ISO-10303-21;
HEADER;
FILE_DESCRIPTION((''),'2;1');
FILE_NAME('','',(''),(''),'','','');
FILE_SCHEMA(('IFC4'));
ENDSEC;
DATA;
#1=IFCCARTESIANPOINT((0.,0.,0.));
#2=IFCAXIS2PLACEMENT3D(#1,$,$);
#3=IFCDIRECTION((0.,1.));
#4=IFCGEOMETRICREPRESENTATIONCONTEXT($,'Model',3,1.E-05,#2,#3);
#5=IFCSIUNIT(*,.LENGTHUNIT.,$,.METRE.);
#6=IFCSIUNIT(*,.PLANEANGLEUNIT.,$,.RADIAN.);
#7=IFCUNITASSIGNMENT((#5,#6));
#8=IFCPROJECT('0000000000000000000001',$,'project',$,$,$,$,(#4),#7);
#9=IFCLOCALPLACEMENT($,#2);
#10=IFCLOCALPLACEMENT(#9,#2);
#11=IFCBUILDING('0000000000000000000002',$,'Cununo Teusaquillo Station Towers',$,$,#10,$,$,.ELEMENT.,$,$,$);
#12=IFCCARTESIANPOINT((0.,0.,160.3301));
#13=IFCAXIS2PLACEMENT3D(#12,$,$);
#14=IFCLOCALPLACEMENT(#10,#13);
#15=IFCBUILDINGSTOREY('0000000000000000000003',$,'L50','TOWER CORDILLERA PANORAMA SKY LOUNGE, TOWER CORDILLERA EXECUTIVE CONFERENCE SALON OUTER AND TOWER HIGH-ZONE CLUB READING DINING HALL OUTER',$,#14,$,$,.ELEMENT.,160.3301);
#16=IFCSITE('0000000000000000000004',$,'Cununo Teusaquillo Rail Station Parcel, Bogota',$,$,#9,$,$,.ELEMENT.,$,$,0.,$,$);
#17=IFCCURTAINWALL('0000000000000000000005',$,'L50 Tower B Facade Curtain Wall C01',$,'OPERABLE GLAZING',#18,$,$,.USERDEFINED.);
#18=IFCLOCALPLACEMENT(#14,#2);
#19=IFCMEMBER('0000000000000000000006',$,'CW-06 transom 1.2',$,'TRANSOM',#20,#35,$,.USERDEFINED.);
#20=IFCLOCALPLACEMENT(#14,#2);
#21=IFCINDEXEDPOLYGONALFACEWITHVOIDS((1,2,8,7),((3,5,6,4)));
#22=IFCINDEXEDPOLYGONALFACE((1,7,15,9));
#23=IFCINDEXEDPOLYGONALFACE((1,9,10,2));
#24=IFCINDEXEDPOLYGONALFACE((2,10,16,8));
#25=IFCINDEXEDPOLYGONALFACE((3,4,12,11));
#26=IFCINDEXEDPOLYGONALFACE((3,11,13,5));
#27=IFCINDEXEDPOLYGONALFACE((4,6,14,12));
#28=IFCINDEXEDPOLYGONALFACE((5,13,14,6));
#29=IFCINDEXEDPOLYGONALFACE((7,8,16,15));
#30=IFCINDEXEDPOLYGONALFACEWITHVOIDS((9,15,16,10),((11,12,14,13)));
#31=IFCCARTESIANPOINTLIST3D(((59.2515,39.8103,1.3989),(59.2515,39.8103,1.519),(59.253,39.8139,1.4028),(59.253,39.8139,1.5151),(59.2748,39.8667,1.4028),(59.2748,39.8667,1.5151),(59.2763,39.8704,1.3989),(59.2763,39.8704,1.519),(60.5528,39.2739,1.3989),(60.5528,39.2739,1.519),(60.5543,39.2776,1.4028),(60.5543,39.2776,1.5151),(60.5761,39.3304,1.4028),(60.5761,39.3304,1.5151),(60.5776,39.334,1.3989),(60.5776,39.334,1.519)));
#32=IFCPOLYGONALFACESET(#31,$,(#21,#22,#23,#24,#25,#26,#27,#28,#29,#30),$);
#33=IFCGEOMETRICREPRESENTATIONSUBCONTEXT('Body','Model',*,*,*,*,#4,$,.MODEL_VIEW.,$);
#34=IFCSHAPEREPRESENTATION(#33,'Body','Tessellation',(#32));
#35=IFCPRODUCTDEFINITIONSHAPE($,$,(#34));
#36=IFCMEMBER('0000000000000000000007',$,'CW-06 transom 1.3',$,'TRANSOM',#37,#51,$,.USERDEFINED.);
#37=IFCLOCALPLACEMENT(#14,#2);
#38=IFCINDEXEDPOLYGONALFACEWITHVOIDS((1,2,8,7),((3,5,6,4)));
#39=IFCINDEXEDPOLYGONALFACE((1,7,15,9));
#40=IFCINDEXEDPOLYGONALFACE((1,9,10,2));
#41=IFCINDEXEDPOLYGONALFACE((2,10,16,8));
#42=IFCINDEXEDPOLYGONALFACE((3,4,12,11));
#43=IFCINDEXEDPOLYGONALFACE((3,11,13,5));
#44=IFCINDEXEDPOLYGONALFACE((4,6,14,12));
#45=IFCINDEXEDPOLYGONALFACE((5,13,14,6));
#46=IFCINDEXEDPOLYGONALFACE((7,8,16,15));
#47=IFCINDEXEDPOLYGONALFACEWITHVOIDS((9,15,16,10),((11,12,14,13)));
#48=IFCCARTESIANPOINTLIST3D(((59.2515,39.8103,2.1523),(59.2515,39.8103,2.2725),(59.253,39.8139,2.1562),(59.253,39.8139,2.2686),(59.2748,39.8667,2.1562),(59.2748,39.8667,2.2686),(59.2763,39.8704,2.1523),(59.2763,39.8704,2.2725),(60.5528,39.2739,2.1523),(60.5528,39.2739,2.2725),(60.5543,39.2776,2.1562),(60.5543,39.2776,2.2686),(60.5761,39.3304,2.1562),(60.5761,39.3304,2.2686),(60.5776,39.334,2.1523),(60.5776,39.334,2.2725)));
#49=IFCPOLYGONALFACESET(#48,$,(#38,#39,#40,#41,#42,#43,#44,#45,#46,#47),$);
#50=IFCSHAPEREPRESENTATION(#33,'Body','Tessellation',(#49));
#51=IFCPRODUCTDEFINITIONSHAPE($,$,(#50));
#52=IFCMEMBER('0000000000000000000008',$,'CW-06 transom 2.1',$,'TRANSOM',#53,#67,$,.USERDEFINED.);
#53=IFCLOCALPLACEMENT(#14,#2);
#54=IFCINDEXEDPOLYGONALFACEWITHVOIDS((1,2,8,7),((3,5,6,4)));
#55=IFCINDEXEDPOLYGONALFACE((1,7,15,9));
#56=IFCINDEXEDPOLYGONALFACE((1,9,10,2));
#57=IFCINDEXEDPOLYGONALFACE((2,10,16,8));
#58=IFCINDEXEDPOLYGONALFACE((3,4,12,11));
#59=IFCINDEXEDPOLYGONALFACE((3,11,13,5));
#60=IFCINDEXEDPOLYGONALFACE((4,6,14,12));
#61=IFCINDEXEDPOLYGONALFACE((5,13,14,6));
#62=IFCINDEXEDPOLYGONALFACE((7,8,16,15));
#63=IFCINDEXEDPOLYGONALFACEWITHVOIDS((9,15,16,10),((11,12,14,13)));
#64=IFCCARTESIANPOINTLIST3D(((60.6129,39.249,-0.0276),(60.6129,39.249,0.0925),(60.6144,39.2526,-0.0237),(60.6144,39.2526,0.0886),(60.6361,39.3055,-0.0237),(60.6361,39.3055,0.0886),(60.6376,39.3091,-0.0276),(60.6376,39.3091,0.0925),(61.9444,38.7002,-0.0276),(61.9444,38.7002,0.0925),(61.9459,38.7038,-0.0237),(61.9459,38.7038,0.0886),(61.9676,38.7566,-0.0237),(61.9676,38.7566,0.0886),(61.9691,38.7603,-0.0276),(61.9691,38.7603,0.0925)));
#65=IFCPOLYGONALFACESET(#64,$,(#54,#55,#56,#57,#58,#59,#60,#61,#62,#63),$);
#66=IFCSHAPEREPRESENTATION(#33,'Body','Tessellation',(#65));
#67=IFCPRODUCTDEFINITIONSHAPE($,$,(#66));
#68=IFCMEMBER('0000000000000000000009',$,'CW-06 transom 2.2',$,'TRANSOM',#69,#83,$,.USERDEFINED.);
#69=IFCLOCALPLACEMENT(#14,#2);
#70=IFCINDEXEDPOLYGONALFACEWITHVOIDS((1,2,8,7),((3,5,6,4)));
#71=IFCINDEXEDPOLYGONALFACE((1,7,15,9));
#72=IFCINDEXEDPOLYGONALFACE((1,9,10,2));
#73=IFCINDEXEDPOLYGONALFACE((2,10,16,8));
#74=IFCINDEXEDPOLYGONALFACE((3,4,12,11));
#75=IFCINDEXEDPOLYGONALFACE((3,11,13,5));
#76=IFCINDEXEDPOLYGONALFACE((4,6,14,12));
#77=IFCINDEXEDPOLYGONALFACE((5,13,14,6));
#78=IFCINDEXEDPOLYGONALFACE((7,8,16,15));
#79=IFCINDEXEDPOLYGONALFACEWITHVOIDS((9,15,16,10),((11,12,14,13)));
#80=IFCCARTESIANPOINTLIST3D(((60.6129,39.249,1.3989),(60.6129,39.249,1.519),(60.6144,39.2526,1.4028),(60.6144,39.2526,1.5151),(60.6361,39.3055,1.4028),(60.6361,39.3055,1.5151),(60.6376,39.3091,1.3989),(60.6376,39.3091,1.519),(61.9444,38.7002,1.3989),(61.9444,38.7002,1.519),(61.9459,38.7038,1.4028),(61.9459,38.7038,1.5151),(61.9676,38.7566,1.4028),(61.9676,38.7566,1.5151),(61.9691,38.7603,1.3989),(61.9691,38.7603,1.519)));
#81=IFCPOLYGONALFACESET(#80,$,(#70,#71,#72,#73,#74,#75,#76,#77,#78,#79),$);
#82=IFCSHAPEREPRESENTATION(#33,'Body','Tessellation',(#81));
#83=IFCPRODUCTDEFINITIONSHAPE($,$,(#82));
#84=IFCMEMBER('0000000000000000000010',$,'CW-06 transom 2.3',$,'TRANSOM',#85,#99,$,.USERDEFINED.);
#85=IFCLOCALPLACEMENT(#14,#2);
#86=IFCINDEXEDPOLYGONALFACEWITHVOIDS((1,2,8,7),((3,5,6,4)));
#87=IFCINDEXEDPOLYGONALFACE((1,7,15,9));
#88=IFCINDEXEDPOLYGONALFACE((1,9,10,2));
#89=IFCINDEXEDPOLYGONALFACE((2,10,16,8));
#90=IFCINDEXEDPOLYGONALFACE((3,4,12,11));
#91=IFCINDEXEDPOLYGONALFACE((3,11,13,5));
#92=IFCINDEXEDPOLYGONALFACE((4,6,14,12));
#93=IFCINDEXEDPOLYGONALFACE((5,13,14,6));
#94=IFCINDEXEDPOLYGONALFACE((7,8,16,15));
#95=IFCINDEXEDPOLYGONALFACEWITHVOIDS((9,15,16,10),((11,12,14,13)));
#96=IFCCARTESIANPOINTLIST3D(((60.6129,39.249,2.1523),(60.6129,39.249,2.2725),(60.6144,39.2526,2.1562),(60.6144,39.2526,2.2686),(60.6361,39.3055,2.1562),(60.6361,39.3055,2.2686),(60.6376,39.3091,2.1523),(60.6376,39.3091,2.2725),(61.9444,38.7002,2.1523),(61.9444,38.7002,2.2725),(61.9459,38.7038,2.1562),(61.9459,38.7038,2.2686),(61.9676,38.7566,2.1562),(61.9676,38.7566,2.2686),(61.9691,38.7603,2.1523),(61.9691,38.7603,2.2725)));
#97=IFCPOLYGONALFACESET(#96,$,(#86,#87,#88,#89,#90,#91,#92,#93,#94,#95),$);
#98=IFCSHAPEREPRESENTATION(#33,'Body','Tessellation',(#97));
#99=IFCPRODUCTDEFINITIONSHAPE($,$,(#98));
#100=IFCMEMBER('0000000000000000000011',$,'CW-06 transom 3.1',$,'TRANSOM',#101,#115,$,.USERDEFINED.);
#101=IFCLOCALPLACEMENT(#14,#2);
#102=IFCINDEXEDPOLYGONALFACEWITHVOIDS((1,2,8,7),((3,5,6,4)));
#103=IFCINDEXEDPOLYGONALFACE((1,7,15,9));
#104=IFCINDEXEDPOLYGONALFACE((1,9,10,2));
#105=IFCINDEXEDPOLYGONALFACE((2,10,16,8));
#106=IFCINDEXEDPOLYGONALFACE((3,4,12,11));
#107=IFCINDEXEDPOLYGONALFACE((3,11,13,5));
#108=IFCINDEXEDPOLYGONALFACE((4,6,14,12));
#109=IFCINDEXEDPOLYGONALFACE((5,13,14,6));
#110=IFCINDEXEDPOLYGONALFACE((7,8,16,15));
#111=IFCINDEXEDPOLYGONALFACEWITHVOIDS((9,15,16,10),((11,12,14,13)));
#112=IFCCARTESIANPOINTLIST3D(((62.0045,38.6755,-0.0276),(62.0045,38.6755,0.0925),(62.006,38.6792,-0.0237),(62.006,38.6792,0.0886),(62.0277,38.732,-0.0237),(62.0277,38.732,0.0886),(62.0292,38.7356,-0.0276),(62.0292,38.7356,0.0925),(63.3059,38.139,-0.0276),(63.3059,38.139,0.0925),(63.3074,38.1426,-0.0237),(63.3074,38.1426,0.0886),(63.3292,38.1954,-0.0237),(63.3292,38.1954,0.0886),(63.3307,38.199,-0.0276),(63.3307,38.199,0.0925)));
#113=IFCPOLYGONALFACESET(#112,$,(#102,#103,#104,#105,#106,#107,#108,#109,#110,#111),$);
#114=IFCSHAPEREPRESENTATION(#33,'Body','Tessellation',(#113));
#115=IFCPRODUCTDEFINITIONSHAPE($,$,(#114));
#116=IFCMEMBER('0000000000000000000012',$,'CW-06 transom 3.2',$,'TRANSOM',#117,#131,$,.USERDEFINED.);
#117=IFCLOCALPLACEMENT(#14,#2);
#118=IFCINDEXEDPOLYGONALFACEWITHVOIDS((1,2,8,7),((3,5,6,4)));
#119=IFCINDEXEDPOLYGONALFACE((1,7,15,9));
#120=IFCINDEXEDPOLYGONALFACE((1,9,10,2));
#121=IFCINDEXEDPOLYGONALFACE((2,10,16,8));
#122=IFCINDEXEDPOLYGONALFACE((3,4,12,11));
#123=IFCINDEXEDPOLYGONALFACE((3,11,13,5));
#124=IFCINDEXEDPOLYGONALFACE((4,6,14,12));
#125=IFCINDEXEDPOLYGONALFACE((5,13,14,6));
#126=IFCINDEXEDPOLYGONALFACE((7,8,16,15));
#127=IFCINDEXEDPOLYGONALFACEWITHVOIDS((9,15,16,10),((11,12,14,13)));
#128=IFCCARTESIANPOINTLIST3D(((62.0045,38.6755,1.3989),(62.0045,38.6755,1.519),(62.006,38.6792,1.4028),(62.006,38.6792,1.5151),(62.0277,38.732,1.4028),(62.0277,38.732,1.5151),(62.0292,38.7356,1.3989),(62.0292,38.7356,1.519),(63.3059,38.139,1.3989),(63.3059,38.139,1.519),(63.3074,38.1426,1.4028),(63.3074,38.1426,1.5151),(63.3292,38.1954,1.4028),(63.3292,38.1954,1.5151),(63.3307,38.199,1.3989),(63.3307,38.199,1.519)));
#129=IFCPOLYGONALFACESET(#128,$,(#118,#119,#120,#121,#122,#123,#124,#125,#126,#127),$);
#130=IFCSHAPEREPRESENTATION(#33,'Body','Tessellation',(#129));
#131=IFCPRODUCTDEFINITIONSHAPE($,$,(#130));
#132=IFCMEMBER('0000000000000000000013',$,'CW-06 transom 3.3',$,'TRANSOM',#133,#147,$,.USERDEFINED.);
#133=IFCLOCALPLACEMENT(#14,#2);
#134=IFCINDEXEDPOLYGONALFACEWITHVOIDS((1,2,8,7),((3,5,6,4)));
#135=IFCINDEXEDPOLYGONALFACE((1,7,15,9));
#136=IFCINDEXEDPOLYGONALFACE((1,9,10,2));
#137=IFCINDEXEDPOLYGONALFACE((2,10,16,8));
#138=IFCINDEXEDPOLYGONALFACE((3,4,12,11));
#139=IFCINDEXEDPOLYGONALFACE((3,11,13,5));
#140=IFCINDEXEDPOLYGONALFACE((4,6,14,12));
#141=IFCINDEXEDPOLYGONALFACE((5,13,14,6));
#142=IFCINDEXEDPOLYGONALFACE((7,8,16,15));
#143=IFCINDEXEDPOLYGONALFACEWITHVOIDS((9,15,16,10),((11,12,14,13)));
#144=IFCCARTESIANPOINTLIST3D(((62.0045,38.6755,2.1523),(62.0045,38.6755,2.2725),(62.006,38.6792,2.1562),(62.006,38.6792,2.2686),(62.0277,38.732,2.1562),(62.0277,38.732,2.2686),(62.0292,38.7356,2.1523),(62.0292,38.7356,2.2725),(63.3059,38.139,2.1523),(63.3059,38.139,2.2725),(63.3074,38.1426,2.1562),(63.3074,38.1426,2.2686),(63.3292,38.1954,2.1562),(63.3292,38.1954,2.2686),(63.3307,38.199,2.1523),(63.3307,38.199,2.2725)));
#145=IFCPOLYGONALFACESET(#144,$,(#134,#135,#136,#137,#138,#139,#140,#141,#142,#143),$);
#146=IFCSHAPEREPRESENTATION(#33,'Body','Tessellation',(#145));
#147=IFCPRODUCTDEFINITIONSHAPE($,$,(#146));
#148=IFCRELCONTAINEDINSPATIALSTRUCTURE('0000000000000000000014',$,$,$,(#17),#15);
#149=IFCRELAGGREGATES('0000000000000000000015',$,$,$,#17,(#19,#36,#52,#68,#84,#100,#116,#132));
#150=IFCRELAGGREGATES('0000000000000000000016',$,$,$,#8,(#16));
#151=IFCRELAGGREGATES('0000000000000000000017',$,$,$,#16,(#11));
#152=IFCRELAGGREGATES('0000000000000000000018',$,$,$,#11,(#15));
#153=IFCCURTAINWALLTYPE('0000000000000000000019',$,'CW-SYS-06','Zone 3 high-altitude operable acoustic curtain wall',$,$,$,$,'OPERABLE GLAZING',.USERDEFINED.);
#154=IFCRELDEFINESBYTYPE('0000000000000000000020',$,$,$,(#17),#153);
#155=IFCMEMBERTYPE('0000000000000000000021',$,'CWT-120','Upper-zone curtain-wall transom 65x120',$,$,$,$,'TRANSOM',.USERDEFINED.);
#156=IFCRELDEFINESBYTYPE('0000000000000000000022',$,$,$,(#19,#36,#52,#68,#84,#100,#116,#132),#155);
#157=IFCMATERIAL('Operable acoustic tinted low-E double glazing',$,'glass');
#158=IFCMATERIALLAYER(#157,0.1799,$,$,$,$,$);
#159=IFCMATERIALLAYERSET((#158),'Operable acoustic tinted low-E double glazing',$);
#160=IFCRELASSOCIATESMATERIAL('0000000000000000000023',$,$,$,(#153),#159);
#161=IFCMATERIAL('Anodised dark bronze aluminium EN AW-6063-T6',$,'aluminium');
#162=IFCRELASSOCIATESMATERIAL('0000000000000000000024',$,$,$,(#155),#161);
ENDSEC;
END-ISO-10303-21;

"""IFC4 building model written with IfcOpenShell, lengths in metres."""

from ifc_helpers import new_model, si_unit, direction, frame, origin, origin_2d, place, context, subcontext, project, spatial, hollow_rectangle, extrude, material, layer, layer_set, material_profile, profile_set, type_object, element, aggregate, save


model = new_model("IFC4")

# Units and contexts
model_context = context("Model", 3, precision=1e-05, world=origin(), true_north=direction((0.0, 1.0)))
body_context = subcontext(model_context, "Body", "Model", "MODEL_VIEW")
ifc_project = project(units=[si_unit("LENGTHUNIT", "METRE"), si_unit("PLANEANGLEUNIT", "RADIAN")], contexts=[model_context])

# Site, building, storey
site_placement = place(None, origin())
site = spatial("IfcSite", under=ifc_project, at=site_placement, Name="Cununo Teusaquillo Rail Station Parcel, Bogota", CompositionType="ELEMENT", RefElevation=0.0)
building_placement = place(site_placement, origin())
building = spatial("IfcBuilding", under=site, at=building_placement, Name="Cununo Teusaquillo Station Towers", CompositionType="ELEMENT")
storey_placement = place(building_placement, frame((0.0, 0.0, 160.3301)))
storey = spatial("IfcBuildingStorey", under=building, at=storey_placement, Name="L50", Description="TOWER CORDILLERA PANORAMA SKY LOUNGE, TOWER CORDILLERA EXECUTIVE CONFERENCE SALON OUTER AND TOWER HIGH-ZONE CLUB READING DINING HALL OUTER", CompositionType="ELEMENT", Elevation=160.3301)

# Curtain wall, members
ifc_material_1 = material(Name="Operable acoustic tinted low-E double glazing", Category="glass")
ifc_layer_1 = layer(ifc_material_1, 0.1799)
ifc_layer_set_1 = layer_set([ifc_layer_1], Name="Operable acoustic tinted low-E double glazing")
curtain_wall_type = type_object("IfcCurtainWallType", Name="CW-SYS-06", Description="Zone 3 high-altitude operable acoustic curtain wall", ElementType="OPERABLE GLAZING", PredefinedType="USERDEFINED", material=ifc_layer_set_1)
curtain_wall_placement = place(storey_placement, origin())
curtain_wall = element("IfcCurtainWall", 1, at=curtain_wall_placement, inside=storey, type_object=curtain_wall_type, Name="L50 Tower B Facade Curtain Wall C01", ObjectType="OPERABLE GLAZING", PredefinedType="USERDEFINED")
ifc_material_2 = material(Name="Anodised dark bronze aluminium EN AW-6063-T6", Category="aluminium")
ifc_material_profile_1 = material_profile(ifc_material_2, hollow_rectangle(XDim=0.0649, YDim=0.1201, WallThickness=0.0039, at=origin_2d()), Name="CW-TRAN-65x120")
ifc_profile_set_1 = profile_set([ifc_material_profile_1], Name="Anodised dark bronze aluminium EN AW-6063-T6")
member_type_1 = type_object("IfcMemberType", Name="CWT-120", Description="Upper-zone curtain-wall transom 65x120", ElementType="TRANSOM", PredefinedType="USERDEFINED", material=ifc_profile_set_1)
member_1_placement = place(storey_placement, frame((59.2639, 39.8403, 1.459), z_axis=(0.924538, -0.38109, 0.0), x_axis=(0.38109, 0.924538, 0.0)))
member_1 = element("IfcMember", 2, at=member_1_placement, type_object=member_type_1, Name="CW-06 transom 1.2", ObjectType="TRANSOM", PredefinedType="USERDEFINED", context=body_context, shape_type="SweptSolid", body=[
    extrude(hollow_rectangle(XDim=0.0649, YDim=0.1201, WallThickness=0.0039, at=origin_2d()), origin(), (0.0, 0.0, 1.0), 1.4075),
])
member_2_placement = place(storey_placement, frame((59.2639, 39.8403, 2.2124), z_axis=(0.924538, -0.38109, 0.0), x_axis=(0.38109, 0.924538, 0.0)))
member_2 = element("IfcMember", 3, at=member_2_placement, type_object=member_type_1, Name="CW-06 transom 1.3", ObjectType="TRANSOM", PredefinedType="USERDEFINED", context=body_context, shape_type="SweptSolid", body=[
    extrude(hollow_rectangle(XDim=0.0649, YDim=0.1201, WallThickness=0.0039, at=origin_2d()), origin(), (0.0, 0.0, 1.0), 1.4075),
])
member_3_placement = place(storey_placement, frame((60.6252, 39.2791, 0.0325), z_axis=(0.924545, -0.381074, 0.0), x_axis=(0.381074, 0.924545, 0.0)))
member_3 = element("IfcMember", 4, at=member_3_placement, type_object=member_type_1, Name="CW-06 transom 2.1", ObjectType="TRANSOM", PredefinedType="USERDEFINED", context=body_context, shape_type="SweptSolid", body=[
    extrude(hollow_rectangle(XDim=0.0649, YDim=0.1201, WallThickness=0.0039, at=origin_2d()), origin(), (0.0, 0.0, 1.0), 1.4402),
])
member_4_placement = place(storey_placement, frame((60.6252, 39.2791, 1.459), z_axis=(0.924545, -0.381074, 0.0), x_axis=(0.381074, 0.924545, 0.0)))
member_4 = element("IfcMember", 5, at=member_4_placement, type_object=member_type_1, Name="CW-06 transom 2.2", ObjectType="TRANSOM", PredefinedType="USERDEFINED", context=body_context, shape_type="SweptSolid", body=[
    extrude(hollow_rectangle(XDim=0.0649, YDim=0.1201, WallThickness=0.0039, at=origin_2d()), origin(), (0.0, 0.0, 1.0), 1.4402),
])
member_5_placement = place(storey_placement, frame((60.6252, 39.2791, 2.2124), z_axis=(0.924545, -0.381074, 0.0), x_axis=(0.381074, 0.924545, 0.0)))
member_5 = element("IfcMember", 6, at=member_5_placement, type_object=member_type_1, Name="CW-06 transom 2.3", ObjectType="TRANSOM", PredefinedType="USERDEFINED", context=body_context, shape_type="SweptSolid", body=[
    extrude(hollow_rectangle(XDim=0.0649, YDim=0.1201, WallThickness=0.0039, at=origin_2d()), origin(), (0.0, 0.0, 1.0), 1.4402),
])
member_6_placement = place(storey_placement, frame((62.0168, 38.7056, 0.0325), z_axis=(0.924502, -0.381177, 0.0), x_axis=(0.381177, 0.924502, 0.0)))
member_6 = element("IfcMember", 7, at=member_6_placement, type_object=member_type_1, Name="CW-06 transom 3.1", ObjectType="TRANSOM", PredefinedType="USERDEFINED", context=body_context, shape_type="SweptSolid", body=[
    extrude(hollow_rectangle(XDim=0.0649, YDim=0.1201, WallThickness=0.0039, at=origin_2d()), origin(), (0.0, 0.0, 1.0), 1.4077),
])
member_7_placement = place(storey_placement, frame((62.0168, 38.7056, 1.459), z_axis=(0.924502, -0.381177, 0.0), x_axis=(0.381177, 0.924502, 0.0)))
member_7 = element("IfcMember", 8, at=member_7_placement, type_object=member_type_1, Name="CW-06 transom 3.2", ObjectType="TRANSOM", PredefinedType="USERDEFINED", context=body_context, shape_type="SweptSolid", body=[
    extrude(hollow_rectangle(XDim=0.0649, YDim=0.1201, WallThickness=0.0039, at=origin_2d()), origin(), (0.0, 0.0, 1.0), 1.4077),
])
member_8_placement = place(storey_placement, frame((62.0168, 38.7056, 2.2124), z_axis=(0.924502, -0.381177, 0.0), x_axis=(0.381177, 0.924502, 0.0)))
member_8 = element("IfcMember", 9, at=member_8_placement, type_object=member_type_1, Name="CW-06 transom 3.3", ObjectType="TRANSOM", PredefinedType="USERDEFINED", context=body_context, shape_type="SweptSolid", body=[
    extrude(hollow_rectangle(XDim=0.0649, YDim=0.1201, WallThickness=0.0039, at=origin_2d()), origin(), (0.0, 0.0, 1.0), 1.4077),
])

aggregate(curtain_wall, [member_1, member_2, member_3, member_4, member_5, member_6, member_7, member_8])

save(model, "model.ifc")
